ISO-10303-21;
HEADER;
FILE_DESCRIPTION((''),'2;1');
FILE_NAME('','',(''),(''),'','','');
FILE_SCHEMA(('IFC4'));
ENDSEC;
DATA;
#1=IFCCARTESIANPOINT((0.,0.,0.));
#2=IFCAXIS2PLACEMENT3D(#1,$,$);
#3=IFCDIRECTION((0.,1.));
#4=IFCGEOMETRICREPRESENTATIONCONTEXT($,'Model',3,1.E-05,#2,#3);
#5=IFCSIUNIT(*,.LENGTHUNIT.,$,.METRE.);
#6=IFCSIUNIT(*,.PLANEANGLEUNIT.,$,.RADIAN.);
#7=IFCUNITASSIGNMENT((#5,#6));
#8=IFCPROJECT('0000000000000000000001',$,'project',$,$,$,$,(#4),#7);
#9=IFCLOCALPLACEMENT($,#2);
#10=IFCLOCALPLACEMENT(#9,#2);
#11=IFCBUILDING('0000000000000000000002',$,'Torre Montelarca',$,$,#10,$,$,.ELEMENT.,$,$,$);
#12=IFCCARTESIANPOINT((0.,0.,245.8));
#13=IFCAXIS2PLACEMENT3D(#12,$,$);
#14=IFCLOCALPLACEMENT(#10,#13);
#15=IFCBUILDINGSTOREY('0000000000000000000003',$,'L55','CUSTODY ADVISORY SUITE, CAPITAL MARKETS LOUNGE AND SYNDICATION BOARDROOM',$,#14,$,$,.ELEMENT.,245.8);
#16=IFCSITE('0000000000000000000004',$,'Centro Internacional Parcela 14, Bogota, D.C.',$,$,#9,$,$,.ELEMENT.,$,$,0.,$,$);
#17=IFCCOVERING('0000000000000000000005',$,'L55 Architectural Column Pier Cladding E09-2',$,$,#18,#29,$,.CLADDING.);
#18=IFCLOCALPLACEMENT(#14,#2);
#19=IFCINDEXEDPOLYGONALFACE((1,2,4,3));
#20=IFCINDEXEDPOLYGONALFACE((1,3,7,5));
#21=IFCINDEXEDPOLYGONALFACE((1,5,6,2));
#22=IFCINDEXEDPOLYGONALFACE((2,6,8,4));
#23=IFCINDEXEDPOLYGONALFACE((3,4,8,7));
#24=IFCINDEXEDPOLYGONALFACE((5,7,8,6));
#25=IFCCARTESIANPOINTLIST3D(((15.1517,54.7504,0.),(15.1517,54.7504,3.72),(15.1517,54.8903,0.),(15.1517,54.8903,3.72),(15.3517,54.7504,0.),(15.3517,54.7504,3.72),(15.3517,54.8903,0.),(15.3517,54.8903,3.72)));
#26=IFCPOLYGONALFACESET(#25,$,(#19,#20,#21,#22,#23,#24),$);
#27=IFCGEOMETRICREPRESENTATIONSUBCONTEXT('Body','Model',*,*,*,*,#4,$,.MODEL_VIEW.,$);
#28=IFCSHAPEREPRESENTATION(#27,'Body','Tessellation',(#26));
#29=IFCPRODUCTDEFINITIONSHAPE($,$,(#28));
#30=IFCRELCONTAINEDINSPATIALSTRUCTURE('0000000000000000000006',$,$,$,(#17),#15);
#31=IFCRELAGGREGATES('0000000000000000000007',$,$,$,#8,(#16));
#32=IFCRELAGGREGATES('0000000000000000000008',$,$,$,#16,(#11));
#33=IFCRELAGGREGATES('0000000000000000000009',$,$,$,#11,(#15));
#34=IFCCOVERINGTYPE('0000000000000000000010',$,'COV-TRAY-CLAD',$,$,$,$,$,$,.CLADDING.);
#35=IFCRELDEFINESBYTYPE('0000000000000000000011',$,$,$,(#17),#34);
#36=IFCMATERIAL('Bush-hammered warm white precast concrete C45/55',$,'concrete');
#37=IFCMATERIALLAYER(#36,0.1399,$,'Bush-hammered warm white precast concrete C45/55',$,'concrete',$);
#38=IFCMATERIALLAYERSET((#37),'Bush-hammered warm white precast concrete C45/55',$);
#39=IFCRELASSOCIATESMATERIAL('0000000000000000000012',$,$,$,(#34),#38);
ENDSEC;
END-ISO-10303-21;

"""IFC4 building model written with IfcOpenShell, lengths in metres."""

from ifc_helpers import new_model, si_unit, direction, frame, origin, origin_2d, place, context, subcontext, project, spatial, rectangle, extrude, source, transform, mapped, material, layer, layer_set, type_object, element, save


model = new_model("IFC4")

# Units and contexts
model_context = context("Model", 3, precision=1e-05, world=origin(), true_north=direction((0.0, 1.0)))
body_context = subcontext(model_context, "Body", "Model", "MODEL_VIEW")
ifc_project = project(units=[si_unit("LENGTHUNIT", "METRE"), si_unit("PLANEANGLEUNIT", "RADIAN")], contexts=[model_context])

# Site, building, storey
site_placement = place(None, origin())
site = spatial("IfcSite", under=ifc_project, at=site_placement, Name="Centro Internacional Parcela 14, Bogota, D.C.", CompositionType="ELEMENT", RefElevation=0.0)
building_placement = place(site_placement, origin())
building = spatial("IfcBuilding", under=site, at=building_placement, Name="Torre Montelarca", CompositionType="ELEMENT")
storey_placement = place(building_placement, frame((0.0, 0.0, 245.8)))
storey = spatial("IfcBuildingStorey", under=building, at=storey_placement, Name="L55", Description="CUSTODY ADVISORY SUITE, CAPITAL MARKETS LOUNGE AND SYNDICATION BOARDROOM", CompositionType="ELEMENT", Elevation=245.8)

# Covering
ifc_material_1 = material(Name="Bush-hammered warm white precast concrete C45/55", Category="concrete")
ifc_layer_1 = layer(ifc_material_1, 0.1399, Name="Bush-hammered warm white precast concrete C45/55", Category="concrete")
ifc_layer_set_1 = layer_set([ifc_layer_1], Name="Bush-hammered warm white precast concrete C45/55")
covering_type = type_object("IfcCoveringType", Name="COV-TRAY-CLAD", PredefinedType="CLADDING", material=ifc_layer_set_1)
shared_shape_1 = source(origin(), body_context, "Body", "SweptSolid", [
    extrude(rectangle(XDim=0.2, YDim=0.1399, at=origin_2d()), origin(), (0.0, 0.0, 1.0), 3.72),
])
for number, where, z_axis, x_axis, name in (
    (1, (15.2517, 54.8203, 0.0), (0.0, 0.0, 1.0), (-1.0, 0.0, 0.0), "L55 Architectural Column Pier Cladding E09-2"),
):
    element("IfcCovering", number, at=place(storey_placement, frame(where, z_axis=z_axis, x_axis=x_axis)), inside=storey, type_object=covering_type, Name=name, PredefinedType="CLADDING", context=body_context, shape_type="MappedRepresentation", body=[
        mapped(shared_shape_1, transform((0.0, 0.0, 0.0), scale=1.0)),
    ])

save(model, "model.ifc")
